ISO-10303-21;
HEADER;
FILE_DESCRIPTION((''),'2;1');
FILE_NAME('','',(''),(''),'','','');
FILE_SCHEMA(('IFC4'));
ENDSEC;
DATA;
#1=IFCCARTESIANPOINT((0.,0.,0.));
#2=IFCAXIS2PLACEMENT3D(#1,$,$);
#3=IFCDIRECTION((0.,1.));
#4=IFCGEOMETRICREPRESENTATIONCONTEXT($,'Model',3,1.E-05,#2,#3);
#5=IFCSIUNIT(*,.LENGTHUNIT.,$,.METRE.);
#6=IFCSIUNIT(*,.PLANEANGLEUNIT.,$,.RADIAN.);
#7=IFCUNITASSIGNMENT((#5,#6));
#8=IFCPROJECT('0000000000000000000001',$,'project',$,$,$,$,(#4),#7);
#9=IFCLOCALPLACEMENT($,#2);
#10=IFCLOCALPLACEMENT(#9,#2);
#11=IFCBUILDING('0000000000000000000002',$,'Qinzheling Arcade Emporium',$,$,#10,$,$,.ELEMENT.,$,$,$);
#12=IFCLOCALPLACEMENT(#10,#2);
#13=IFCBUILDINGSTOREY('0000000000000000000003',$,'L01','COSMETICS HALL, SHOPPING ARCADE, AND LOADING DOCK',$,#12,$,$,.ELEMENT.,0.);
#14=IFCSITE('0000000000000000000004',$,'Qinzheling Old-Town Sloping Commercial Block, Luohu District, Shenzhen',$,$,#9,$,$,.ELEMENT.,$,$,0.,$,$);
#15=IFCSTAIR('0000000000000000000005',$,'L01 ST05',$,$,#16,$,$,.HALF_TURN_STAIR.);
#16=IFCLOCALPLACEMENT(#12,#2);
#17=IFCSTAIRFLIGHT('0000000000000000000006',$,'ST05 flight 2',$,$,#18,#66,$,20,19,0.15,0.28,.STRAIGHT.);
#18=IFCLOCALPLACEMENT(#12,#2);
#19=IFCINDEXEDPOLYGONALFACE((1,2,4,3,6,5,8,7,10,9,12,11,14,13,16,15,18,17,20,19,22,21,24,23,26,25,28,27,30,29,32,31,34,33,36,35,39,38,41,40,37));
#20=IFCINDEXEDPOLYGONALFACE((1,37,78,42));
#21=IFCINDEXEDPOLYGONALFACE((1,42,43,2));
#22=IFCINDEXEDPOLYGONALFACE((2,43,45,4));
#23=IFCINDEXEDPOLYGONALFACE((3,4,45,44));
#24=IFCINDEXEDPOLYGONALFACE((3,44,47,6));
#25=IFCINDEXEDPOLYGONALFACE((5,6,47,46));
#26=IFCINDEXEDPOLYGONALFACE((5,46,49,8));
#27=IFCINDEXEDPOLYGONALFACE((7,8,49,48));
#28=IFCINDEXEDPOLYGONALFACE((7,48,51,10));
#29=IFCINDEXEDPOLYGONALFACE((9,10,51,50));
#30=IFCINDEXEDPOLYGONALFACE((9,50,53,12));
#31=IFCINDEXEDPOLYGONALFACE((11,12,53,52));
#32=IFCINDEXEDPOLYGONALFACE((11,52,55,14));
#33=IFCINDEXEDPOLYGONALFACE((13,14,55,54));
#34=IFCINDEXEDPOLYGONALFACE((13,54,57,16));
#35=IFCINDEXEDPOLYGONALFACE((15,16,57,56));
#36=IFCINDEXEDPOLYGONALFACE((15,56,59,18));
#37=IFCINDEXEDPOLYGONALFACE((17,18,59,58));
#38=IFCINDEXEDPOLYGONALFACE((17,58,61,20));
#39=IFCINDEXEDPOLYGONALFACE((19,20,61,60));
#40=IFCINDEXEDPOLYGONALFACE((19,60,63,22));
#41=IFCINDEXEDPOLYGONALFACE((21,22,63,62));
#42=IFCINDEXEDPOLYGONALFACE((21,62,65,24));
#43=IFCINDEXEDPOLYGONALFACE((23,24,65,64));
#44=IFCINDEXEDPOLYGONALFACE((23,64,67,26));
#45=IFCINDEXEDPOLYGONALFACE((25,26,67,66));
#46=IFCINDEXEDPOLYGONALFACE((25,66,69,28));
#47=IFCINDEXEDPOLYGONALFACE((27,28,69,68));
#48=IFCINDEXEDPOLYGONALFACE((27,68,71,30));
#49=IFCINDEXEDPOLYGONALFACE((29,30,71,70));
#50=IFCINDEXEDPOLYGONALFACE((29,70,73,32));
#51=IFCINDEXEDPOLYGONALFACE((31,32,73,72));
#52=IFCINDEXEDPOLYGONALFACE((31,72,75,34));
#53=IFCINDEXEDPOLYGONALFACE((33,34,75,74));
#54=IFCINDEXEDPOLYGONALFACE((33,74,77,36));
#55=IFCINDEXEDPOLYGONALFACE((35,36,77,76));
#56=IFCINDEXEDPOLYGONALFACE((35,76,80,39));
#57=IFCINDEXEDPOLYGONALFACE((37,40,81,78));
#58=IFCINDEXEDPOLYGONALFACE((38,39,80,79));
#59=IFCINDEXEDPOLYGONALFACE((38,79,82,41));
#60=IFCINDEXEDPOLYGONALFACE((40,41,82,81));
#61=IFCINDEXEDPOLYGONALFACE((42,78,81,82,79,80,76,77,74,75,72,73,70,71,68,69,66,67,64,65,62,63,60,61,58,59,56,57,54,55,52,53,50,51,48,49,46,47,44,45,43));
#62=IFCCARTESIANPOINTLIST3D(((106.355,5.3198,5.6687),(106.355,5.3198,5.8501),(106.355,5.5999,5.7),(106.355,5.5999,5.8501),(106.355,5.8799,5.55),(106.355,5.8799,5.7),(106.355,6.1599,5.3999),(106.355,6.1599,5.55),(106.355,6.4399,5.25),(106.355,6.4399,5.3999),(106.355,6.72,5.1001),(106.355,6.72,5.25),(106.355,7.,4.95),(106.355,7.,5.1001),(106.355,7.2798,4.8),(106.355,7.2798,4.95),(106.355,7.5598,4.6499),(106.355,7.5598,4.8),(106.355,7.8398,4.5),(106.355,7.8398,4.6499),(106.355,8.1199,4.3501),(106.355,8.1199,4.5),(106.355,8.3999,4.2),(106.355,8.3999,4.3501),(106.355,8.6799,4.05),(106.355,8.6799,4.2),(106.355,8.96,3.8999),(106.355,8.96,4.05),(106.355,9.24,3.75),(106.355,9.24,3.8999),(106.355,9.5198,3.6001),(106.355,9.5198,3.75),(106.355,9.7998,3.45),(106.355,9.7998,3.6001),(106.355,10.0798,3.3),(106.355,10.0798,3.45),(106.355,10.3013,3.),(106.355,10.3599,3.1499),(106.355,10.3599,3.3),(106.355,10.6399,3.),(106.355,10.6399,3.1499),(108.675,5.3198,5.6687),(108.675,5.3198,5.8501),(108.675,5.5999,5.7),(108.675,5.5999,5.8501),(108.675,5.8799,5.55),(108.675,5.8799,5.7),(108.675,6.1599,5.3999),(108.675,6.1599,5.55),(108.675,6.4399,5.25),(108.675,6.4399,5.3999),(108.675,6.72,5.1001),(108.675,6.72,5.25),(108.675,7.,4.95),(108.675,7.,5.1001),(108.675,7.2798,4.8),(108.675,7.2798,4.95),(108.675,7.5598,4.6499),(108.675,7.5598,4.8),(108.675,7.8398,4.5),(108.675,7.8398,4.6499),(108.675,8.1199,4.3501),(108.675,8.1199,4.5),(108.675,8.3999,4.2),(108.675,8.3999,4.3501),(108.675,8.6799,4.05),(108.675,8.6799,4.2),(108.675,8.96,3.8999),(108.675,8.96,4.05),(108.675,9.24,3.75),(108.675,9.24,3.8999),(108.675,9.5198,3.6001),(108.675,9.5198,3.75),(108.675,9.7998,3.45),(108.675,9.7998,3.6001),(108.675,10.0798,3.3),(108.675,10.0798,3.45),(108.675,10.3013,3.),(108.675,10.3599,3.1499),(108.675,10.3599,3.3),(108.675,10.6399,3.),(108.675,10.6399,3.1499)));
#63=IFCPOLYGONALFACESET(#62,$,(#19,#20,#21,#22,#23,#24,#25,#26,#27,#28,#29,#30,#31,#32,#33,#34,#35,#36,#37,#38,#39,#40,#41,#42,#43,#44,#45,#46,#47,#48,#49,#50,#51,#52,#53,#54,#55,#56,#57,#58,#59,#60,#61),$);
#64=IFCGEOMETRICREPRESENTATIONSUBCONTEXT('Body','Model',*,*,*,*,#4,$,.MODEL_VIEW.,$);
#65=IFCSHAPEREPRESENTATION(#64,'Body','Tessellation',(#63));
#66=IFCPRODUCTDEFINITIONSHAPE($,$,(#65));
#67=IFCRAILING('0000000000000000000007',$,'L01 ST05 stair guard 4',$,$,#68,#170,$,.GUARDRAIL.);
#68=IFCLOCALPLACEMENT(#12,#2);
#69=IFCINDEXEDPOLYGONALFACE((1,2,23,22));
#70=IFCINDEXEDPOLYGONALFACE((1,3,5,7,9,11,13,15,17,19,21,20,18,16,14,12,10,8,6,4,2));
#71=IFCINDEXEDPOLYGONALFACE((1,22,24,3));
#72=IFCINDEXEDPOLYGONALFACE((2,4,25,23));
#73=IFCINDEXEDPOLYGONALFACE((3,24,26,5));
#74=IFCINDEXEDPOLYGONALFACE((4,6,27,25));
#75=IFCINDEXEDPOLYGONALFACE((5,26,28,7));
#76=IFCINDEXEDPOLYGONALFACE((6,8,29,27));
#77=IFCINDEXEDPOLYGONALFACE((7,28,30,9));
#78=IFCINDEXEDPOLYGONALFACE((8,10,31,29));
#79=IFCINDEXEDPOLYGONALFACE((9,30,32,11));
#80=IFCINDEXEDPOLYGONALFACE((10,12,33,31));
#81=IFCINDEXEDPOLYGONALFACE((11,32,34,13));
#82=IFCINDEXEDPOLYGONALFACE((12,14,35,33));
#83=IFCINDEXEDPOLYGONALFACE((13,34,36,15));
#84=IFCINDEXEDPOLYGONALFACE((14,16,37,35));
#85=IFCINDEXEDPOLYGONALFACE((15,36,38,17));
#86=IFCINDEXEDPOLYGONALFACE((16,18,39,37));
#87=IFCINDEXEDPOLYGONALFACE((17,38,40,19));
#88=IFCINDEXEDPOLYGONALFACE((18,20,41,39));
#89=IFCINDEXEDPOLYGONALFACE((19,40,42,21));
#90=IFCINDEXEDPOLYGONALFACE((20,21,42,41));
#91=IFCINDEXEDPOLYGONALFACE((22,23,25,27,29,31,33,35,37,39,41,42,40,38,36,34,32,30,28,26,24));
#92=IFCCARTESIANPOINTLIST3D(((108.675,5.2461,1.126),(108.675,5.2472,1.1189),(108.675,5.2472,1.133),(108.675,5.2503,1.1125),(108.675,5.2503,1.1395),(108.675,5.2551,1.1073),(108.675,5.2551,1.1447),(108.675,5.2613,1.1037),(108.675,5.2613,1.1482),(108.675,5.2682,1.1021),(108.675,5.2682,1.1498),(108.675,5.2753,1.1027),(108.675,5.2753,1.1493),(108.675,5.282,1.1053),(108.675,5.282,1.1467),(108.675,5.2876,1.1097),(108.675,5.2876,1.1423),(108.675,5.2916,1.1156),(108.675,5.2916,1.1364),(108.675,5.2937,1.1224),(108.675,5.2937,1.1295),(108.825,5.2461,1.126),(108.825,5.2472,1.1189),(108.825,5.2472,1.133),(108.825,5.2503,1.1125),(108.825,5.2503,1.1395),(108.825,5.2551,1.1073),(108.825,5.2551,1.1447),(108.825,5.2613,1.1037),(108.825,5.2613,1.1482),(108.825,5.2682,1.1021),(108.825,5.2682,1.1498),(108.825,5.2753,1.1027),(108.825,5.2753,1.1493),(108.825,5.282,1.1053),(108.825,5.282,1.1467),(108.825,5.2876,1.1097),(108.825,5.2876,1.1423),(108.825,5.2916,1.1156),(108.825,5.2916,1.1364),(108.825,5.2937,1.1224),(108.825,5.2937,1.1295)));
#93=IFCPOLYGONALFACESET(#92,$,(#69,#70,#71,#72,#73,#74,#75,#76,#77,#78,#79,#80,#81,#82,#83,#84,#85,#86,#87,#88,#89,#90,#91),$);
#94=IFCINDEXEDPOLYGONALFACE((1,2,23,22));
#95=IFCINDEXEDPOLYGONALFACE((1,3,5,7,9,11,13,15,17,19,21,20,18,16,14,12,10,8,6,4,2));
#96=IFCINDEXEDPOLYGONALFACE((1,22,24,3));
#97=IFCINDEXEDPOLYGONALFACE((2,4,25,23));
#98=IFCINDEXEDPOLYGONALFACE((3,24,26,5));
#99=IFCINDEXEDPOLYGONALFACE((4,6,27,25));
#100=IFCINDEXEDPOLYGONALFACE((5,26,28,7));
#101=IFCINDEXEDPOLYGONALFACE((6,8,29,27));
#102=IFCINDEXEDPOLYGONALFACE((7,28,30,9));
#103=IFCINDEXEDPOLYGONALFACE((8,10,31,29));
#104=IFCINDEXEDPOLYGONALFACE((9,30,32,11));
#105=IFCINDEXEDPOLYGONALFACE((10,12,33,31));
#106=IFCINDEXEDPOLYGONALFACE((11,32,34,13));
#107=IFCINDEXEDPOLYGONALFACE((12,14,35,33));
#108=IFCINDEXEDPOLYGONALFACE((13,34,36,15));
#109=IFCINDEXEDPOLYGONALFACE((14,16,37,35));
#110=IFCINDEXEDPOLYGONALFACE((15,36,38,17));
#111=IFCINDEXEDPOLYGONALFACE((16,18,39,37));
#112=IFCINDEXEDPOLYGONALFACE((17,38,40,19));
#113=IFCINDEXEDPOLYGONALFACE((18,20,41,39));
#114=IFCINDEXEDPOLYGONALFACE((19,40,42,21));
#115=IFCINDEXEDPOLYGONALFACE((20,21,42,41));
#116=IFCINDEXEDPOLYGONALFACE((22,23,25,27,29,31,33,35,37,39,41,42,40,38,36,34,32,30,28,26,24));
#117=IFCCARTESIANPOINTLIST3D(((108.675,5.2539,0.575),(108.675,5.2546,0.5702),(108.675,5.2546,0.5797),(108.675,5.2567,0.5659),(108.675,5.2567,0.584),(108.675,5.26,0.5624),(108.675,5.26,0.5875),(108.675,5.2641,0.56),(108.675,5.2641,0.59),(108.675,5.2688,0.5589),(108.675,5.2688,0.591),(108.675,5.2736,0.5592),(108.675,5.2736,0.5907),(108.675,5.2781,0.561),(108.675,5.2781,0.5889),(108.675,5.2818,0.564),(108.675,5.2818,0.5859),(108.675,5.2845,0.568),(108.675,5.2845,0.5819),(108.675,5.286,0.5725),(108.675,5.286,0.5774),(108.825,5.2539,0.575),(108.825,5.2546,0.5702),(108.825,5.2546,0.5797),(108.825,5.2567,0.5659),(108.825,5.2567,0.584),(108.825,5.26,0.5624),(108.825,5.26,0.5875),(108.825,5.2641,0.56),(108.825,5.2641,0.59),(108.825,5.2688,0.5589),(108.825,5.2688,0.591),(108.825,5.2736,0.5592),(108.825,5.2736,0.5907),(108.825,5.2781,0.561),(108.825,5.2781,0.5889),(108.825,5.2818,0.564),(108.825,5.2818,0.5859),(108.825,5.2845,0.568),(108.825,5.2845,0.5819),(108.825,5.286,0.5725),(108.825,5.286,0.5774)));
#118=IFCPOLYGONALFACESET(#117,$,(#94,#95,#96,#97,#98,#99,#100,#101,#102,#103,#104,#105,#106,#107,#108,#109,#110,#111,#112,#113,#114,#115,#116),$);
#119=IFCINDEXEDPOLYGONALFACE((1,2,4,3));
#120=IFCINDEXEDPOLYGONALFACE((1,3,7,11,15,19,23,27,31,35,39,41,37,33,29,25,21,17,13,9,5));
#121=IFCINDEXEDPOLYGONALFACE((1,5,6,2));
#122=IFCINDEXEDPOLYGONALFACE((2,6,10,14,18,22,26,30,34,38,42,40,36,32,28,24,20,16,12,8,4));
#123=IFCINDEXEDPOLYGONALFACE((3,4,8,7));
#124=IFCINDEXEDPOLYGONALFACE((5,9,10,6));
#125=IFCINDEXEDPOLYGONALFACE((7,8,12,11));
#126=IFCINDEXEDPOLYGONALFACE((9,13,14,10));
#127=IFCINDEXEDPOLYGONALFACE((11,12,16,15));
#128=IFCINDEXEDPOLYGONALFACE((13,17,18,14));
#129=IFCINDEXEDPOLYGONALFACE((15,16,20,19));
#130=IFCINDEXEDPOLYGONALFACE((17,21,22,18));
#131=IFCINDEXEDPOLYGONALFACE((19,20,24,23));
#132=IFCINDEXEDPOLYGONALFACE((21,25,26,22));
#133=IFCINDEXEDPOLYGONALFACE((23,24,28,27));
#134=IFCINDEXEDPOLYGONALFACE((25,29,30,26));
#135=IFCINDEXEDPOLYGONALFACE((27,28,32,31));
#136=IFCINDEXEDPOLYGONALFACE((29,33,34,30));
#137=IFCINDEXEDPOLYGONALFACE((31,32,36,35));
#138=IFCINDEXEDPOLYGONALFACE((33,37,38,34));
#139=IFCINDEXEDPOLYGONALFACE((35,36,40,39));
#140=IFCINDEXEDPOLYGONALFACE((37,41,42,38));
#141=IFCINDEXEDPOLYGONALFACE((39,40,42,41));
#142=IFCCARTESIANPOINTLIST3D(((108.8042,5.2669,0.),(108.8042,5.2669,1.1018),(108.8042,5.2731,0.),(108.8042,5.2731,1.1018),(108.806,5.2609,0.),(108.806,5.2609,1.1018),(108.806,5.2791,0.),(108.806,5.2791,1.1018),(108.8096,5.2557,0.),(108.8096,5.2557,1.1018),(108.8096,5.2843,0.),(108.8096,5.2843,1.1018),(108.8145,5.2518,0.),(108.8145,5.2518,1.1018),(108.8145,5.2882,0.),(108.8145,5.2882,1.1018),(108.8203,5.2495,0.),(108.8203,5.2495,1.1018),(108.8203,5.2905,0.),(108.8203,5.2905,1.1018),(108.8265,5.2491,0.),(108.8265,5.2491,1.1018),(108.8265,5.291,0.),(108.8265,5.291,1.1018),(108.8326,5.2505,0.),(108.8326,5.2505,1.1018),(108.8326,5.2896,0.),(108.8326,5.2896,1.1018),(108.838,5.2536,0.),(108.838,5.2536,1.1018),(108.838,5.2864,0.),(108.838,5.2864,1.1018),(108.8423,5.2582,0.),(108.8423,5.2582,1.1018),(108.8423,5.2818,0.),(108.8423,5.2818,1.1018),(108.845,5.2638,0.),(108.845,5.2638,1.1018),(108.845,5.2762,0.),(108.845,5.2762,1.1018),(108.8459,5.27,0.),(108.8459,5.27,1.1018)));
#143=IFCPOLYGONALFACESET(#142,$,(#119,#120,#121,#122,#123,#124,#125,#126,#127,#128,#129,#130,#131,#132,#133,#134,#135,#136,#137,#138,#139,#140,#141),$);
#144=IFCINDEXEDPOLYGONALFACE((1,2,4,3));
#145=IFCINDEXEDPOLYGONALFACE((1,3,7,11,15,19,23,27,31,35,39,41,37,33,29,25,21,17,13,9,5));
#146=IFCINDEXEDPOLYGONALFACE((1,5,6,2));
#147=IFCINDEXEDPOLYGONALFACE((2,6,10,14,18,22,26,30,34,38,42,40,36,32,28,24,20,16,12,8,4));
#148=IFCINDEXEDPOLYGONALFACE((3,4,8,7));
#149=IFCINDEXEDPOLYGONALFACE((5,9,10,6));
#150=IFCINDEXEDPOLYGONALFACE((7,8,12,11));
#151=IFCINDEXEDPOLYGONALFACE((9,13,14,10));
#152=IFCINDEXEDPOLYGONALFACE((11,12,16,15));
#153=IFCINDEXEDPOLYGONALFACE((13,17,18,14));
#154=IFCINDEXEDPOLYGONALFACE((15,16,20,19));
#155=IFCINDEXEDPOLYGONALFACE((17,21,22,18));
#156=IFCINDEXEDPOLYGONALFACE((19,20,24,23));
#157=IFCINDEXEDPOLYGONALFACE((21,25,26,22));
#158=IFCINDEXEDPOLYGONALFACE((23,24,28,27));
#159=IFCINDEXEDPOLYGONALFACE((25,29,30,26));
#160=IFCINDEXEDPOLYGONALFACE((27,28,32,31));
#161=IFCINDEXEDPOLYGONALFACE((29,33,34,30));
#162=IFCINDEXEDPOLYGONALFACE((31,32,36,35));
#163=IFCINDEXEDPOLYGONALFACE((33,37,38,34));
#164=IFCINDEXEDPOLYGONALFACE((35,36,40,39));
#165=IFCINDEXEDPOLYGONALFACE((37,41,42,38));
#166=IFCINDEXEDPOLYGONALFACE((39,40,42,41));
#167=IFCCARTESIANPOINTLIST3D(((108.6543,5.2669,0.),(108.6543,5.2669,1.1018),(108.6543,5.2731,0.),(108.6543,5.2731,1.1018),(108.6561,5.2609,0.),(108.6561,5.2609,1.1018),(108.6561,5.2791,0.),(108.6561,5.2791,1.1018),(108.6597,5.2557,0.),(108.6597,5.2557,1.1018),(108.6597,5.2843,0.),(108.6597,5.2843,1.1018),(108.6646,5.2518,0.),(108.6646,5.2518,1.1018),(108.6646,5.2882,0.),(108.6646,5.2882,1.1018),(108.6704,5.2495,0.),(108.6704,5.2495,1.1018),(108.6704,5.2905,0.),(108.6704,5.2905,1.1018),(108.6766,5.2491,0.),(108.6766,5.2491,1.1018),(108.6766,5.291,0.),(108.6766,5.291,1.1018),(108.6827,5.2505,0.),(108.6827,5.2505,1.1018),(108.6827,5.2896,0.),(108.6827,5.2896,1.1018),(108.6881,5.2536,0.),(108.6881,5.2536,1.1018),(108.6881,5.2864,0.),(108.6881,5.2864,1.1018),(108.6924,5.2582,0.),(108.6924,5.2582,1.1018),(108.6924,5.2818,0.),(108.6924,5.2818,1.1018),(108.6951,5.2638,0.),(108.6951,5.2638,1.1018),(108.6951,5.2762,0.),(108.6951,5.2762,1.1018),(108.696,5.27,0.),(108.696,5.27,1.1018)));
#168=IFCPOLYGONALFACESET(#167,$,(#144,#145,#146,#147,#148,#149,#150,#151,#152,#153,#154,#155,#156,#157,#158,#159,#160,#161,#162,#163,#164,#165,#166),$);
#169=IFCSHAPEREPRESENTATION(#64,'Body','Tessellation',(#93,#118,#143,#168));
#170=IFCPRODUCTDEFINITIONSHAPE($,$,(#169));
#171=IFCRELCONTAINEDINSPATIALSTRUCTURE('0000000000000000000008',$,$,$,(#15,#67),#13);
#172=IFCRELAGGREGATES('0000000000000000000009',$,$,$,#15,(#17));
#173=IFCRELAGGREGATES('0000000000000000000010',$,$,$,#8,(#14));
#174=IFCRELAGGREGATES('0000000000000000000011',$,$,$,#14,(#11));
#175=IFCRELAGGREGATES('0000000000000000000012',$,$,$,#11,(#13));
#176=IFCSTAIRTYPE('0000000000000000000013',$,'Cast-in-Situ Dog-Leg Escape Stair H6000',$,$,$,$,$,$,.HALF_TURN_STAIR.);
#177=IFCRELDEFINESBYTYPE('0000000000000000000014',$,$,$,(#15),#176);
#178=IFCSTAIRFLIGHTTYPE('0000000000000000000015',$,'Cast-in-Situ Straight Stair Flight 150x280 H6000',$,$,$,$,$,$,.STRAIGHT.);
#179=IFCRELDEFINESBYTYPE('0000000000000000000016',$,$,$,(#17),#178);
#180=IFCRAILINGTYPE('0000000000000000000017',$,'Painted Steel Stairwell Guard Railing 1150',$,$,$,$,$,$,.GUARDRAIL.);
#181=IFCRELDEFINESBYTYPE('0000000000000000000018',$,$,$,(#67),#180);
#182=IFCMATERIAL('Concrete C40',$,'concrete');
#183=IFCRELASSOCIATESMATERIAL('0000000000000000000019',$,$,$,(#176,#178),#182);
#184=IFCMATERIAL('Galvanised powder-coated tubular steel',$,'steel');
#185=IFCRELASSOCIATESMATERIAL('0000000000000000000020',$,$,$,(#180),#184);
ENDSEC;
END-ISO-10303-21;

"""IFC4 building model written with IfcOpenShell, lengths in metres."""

from ifc_helpers import new_model, si_unit, direction, frame, origin, origin_2d, place, context, subcontext, project, spatial, polyline, circle, outline, extrude, material, type_object, element, aggregate, save


model = new_model("IFC4")

# Units and contexts
model_context = context("Model", 3, precision=1e-05, world=origin(), true_north=direction((0.0, 1.0)))
body_context = subcontext(model_context, "Body", "Model", "MODEL_VIEW")
ifc_project = project(units=[si_unit("LENGTHUNIT", "METRE"), si_unit("PLANEANGLEUNIT", "RADIAN")], contexts=[model_context])

# Site, building, storey
site_placement = place(None, origin())
site = spatial("IfcSite", under=ifc_project, at=site_placement, Name="Qinzheling Old-Town Sloping Commercial Block, Luohu District, Shenzhen", CompositionType="ELEMENT", RefElevation=0.0)
building_placement = place(site_placement, origin())
building = spatial("IfcBuilding", under=site, at=building_placement, Name="Qinzheling Arcade Emporium", CompositionType="ELEMENT")
storey_placement = place(building_placement, origin())
storey = spatial("IfcBuildingStorey", under=building, at=storey_placement, Name="L01", Description="COSMETICS HALL, SHOPPING ARCADE, AND LOADING DOCK", CompositionType="ELEMENT", Elevation=0.0)

# Shared definitions
ifc_material_1 = material(Name="Concrete C40", Category="concrete")

# Stair, stair flight
stair_type = type_object("IfcStairType", Name="Cast-in-Situ Dog-Leg Escape Stair H6000", PredefinedType="HALF_TURN_STAIR", material=ifc_material_1)
stair_placement = place(storey_placement, origin())
stair = element("IfcStair", 1, at=stair_placement, inside=storey, type_object=stair_type, Name="L01 ST05", PredefinedType="HALF_TURN_STAIR")
stair_flight_type = type_object("IfcStairFlightType", Name="Cast-in-Situ Straight Stair Flight 150x280 H6000", PredefinedType="STRAIGHT", material=ifc_material_1)
stair_flight_placement = place(storey_placement, frame((107.5149, 10.6399, 3.0), z_axis=(0.0, 0.0, 1.0), x_axis=(0.0, -1.0, 0.0)))
stair_flight = element("IfcStairFlight", 2, at=stair_flight_placement, type_object=stair_flight_type, Name="ST05 flight 2", NumberOfRisers=20, NumberOfTreads=19, PredefinedType="STRAIGHT", RiserHeight=0.15, TreadLength=0.28, context=body_context, shape_type="SweptSolid", body=[
    extrude(outline(polyline([(0.0, 0.0), (0.0, 0.1499), (0.28, 0.1499), (0.28, 0.3), (0.5601, 0.3), (0.5601, 0.45), (0.8401, 0.45), (0.8401, 0.6001), (1.1201, 0.6001), (1.1201, 0.75), (1.3999, 0.75), (1.3999, 0.8999), (1.6799, 0.8999), (1.6799, 1.05), (1.96, 1.05), (1.96, 1.2), (2.24, 1.2), (2.24, 1.3501), (2.52, 1.3501), (2.52, 1.5), (2.8, 1.5), (2.8, 1.6499), (3.0801, 1.6499), (3.0801, 1.8), (3.3601, 1.8), (3.3601, 1.95), (3.6399, 1.95), (3.6399, 2.1001), (3.9199, 2.1001), (3.9199, 2.25), (4.2, 2.25), (4.2, 2.3999), (4.48, 2.3999), (4.48, 2.55), (4.76, 2.55), (4.76, 2.7), (5.04, 2.7), (5.04, 2.8501), (5.3201, 2.8501), (5.3201, 3.0), (5.3201, 2.6687), (0.3386, 0.0), (0.0, 0.0)])), frame((0.0, 1.1602, 0.0), z_axis=(0.0, -1.0, 0.0), x_axis=(1.0, 0.0, 0.0)), (0.0, 0.0, 1.0), 2.3201),
])
aggregate(stair, [stair_flight])

# Railing
ifc_material_2 = material(Name="Galvanised powder-coated tubular steel", Category="steel")
railing_type_1 = type_object("IfcRailingType", Name="Painted Steel Stairwell Guard Railing 1150", PredefinedType="GUARDRAIL", material=ifc_material_2)
railing_1_placement = place(storey_placement, frame((108.825, 5.27, 0.0)))
element("IfcRailing", 3, at=railing_1_placement, inside=storey, type_object=railing_type_1, Name="L01 ST05 stair guard 4", PredefinedType="GUARDRAIL", context=body_context, shape_type="SweptSolid", body=[
    extrude(circle(Radius=0.0239, at=origin_2d()), frame((0.0, 0.0, 1.126), z_axis=(-1.0, 0.0, 0.0), x_axis=(0.0, -1.0, 0.0)), (0.0, 0.0, 1.0), 0.1499),
    extrude(circle(Radius=0.0161, at=origin_2d()), frame((0.0, 0.0, 0.575), z_axis=(-1.0, 0.0, 0.0), x_axis=(0.0, -1.0, 0.0)), (0.0, 0.0, 1.0), 0.1499),
    extrude(circle(Radius=0.021, at=origin_2d()), origin(), (0.0, 0.0, 1.0), 1.1018),
    extrude(circle(Radius=0.021, at=origin_2d()), frame((-0.1499, 0.0, 0.0)), (0.0, 0.0, 1.0), 1.1018),
])

save(model, "model.ifc")
